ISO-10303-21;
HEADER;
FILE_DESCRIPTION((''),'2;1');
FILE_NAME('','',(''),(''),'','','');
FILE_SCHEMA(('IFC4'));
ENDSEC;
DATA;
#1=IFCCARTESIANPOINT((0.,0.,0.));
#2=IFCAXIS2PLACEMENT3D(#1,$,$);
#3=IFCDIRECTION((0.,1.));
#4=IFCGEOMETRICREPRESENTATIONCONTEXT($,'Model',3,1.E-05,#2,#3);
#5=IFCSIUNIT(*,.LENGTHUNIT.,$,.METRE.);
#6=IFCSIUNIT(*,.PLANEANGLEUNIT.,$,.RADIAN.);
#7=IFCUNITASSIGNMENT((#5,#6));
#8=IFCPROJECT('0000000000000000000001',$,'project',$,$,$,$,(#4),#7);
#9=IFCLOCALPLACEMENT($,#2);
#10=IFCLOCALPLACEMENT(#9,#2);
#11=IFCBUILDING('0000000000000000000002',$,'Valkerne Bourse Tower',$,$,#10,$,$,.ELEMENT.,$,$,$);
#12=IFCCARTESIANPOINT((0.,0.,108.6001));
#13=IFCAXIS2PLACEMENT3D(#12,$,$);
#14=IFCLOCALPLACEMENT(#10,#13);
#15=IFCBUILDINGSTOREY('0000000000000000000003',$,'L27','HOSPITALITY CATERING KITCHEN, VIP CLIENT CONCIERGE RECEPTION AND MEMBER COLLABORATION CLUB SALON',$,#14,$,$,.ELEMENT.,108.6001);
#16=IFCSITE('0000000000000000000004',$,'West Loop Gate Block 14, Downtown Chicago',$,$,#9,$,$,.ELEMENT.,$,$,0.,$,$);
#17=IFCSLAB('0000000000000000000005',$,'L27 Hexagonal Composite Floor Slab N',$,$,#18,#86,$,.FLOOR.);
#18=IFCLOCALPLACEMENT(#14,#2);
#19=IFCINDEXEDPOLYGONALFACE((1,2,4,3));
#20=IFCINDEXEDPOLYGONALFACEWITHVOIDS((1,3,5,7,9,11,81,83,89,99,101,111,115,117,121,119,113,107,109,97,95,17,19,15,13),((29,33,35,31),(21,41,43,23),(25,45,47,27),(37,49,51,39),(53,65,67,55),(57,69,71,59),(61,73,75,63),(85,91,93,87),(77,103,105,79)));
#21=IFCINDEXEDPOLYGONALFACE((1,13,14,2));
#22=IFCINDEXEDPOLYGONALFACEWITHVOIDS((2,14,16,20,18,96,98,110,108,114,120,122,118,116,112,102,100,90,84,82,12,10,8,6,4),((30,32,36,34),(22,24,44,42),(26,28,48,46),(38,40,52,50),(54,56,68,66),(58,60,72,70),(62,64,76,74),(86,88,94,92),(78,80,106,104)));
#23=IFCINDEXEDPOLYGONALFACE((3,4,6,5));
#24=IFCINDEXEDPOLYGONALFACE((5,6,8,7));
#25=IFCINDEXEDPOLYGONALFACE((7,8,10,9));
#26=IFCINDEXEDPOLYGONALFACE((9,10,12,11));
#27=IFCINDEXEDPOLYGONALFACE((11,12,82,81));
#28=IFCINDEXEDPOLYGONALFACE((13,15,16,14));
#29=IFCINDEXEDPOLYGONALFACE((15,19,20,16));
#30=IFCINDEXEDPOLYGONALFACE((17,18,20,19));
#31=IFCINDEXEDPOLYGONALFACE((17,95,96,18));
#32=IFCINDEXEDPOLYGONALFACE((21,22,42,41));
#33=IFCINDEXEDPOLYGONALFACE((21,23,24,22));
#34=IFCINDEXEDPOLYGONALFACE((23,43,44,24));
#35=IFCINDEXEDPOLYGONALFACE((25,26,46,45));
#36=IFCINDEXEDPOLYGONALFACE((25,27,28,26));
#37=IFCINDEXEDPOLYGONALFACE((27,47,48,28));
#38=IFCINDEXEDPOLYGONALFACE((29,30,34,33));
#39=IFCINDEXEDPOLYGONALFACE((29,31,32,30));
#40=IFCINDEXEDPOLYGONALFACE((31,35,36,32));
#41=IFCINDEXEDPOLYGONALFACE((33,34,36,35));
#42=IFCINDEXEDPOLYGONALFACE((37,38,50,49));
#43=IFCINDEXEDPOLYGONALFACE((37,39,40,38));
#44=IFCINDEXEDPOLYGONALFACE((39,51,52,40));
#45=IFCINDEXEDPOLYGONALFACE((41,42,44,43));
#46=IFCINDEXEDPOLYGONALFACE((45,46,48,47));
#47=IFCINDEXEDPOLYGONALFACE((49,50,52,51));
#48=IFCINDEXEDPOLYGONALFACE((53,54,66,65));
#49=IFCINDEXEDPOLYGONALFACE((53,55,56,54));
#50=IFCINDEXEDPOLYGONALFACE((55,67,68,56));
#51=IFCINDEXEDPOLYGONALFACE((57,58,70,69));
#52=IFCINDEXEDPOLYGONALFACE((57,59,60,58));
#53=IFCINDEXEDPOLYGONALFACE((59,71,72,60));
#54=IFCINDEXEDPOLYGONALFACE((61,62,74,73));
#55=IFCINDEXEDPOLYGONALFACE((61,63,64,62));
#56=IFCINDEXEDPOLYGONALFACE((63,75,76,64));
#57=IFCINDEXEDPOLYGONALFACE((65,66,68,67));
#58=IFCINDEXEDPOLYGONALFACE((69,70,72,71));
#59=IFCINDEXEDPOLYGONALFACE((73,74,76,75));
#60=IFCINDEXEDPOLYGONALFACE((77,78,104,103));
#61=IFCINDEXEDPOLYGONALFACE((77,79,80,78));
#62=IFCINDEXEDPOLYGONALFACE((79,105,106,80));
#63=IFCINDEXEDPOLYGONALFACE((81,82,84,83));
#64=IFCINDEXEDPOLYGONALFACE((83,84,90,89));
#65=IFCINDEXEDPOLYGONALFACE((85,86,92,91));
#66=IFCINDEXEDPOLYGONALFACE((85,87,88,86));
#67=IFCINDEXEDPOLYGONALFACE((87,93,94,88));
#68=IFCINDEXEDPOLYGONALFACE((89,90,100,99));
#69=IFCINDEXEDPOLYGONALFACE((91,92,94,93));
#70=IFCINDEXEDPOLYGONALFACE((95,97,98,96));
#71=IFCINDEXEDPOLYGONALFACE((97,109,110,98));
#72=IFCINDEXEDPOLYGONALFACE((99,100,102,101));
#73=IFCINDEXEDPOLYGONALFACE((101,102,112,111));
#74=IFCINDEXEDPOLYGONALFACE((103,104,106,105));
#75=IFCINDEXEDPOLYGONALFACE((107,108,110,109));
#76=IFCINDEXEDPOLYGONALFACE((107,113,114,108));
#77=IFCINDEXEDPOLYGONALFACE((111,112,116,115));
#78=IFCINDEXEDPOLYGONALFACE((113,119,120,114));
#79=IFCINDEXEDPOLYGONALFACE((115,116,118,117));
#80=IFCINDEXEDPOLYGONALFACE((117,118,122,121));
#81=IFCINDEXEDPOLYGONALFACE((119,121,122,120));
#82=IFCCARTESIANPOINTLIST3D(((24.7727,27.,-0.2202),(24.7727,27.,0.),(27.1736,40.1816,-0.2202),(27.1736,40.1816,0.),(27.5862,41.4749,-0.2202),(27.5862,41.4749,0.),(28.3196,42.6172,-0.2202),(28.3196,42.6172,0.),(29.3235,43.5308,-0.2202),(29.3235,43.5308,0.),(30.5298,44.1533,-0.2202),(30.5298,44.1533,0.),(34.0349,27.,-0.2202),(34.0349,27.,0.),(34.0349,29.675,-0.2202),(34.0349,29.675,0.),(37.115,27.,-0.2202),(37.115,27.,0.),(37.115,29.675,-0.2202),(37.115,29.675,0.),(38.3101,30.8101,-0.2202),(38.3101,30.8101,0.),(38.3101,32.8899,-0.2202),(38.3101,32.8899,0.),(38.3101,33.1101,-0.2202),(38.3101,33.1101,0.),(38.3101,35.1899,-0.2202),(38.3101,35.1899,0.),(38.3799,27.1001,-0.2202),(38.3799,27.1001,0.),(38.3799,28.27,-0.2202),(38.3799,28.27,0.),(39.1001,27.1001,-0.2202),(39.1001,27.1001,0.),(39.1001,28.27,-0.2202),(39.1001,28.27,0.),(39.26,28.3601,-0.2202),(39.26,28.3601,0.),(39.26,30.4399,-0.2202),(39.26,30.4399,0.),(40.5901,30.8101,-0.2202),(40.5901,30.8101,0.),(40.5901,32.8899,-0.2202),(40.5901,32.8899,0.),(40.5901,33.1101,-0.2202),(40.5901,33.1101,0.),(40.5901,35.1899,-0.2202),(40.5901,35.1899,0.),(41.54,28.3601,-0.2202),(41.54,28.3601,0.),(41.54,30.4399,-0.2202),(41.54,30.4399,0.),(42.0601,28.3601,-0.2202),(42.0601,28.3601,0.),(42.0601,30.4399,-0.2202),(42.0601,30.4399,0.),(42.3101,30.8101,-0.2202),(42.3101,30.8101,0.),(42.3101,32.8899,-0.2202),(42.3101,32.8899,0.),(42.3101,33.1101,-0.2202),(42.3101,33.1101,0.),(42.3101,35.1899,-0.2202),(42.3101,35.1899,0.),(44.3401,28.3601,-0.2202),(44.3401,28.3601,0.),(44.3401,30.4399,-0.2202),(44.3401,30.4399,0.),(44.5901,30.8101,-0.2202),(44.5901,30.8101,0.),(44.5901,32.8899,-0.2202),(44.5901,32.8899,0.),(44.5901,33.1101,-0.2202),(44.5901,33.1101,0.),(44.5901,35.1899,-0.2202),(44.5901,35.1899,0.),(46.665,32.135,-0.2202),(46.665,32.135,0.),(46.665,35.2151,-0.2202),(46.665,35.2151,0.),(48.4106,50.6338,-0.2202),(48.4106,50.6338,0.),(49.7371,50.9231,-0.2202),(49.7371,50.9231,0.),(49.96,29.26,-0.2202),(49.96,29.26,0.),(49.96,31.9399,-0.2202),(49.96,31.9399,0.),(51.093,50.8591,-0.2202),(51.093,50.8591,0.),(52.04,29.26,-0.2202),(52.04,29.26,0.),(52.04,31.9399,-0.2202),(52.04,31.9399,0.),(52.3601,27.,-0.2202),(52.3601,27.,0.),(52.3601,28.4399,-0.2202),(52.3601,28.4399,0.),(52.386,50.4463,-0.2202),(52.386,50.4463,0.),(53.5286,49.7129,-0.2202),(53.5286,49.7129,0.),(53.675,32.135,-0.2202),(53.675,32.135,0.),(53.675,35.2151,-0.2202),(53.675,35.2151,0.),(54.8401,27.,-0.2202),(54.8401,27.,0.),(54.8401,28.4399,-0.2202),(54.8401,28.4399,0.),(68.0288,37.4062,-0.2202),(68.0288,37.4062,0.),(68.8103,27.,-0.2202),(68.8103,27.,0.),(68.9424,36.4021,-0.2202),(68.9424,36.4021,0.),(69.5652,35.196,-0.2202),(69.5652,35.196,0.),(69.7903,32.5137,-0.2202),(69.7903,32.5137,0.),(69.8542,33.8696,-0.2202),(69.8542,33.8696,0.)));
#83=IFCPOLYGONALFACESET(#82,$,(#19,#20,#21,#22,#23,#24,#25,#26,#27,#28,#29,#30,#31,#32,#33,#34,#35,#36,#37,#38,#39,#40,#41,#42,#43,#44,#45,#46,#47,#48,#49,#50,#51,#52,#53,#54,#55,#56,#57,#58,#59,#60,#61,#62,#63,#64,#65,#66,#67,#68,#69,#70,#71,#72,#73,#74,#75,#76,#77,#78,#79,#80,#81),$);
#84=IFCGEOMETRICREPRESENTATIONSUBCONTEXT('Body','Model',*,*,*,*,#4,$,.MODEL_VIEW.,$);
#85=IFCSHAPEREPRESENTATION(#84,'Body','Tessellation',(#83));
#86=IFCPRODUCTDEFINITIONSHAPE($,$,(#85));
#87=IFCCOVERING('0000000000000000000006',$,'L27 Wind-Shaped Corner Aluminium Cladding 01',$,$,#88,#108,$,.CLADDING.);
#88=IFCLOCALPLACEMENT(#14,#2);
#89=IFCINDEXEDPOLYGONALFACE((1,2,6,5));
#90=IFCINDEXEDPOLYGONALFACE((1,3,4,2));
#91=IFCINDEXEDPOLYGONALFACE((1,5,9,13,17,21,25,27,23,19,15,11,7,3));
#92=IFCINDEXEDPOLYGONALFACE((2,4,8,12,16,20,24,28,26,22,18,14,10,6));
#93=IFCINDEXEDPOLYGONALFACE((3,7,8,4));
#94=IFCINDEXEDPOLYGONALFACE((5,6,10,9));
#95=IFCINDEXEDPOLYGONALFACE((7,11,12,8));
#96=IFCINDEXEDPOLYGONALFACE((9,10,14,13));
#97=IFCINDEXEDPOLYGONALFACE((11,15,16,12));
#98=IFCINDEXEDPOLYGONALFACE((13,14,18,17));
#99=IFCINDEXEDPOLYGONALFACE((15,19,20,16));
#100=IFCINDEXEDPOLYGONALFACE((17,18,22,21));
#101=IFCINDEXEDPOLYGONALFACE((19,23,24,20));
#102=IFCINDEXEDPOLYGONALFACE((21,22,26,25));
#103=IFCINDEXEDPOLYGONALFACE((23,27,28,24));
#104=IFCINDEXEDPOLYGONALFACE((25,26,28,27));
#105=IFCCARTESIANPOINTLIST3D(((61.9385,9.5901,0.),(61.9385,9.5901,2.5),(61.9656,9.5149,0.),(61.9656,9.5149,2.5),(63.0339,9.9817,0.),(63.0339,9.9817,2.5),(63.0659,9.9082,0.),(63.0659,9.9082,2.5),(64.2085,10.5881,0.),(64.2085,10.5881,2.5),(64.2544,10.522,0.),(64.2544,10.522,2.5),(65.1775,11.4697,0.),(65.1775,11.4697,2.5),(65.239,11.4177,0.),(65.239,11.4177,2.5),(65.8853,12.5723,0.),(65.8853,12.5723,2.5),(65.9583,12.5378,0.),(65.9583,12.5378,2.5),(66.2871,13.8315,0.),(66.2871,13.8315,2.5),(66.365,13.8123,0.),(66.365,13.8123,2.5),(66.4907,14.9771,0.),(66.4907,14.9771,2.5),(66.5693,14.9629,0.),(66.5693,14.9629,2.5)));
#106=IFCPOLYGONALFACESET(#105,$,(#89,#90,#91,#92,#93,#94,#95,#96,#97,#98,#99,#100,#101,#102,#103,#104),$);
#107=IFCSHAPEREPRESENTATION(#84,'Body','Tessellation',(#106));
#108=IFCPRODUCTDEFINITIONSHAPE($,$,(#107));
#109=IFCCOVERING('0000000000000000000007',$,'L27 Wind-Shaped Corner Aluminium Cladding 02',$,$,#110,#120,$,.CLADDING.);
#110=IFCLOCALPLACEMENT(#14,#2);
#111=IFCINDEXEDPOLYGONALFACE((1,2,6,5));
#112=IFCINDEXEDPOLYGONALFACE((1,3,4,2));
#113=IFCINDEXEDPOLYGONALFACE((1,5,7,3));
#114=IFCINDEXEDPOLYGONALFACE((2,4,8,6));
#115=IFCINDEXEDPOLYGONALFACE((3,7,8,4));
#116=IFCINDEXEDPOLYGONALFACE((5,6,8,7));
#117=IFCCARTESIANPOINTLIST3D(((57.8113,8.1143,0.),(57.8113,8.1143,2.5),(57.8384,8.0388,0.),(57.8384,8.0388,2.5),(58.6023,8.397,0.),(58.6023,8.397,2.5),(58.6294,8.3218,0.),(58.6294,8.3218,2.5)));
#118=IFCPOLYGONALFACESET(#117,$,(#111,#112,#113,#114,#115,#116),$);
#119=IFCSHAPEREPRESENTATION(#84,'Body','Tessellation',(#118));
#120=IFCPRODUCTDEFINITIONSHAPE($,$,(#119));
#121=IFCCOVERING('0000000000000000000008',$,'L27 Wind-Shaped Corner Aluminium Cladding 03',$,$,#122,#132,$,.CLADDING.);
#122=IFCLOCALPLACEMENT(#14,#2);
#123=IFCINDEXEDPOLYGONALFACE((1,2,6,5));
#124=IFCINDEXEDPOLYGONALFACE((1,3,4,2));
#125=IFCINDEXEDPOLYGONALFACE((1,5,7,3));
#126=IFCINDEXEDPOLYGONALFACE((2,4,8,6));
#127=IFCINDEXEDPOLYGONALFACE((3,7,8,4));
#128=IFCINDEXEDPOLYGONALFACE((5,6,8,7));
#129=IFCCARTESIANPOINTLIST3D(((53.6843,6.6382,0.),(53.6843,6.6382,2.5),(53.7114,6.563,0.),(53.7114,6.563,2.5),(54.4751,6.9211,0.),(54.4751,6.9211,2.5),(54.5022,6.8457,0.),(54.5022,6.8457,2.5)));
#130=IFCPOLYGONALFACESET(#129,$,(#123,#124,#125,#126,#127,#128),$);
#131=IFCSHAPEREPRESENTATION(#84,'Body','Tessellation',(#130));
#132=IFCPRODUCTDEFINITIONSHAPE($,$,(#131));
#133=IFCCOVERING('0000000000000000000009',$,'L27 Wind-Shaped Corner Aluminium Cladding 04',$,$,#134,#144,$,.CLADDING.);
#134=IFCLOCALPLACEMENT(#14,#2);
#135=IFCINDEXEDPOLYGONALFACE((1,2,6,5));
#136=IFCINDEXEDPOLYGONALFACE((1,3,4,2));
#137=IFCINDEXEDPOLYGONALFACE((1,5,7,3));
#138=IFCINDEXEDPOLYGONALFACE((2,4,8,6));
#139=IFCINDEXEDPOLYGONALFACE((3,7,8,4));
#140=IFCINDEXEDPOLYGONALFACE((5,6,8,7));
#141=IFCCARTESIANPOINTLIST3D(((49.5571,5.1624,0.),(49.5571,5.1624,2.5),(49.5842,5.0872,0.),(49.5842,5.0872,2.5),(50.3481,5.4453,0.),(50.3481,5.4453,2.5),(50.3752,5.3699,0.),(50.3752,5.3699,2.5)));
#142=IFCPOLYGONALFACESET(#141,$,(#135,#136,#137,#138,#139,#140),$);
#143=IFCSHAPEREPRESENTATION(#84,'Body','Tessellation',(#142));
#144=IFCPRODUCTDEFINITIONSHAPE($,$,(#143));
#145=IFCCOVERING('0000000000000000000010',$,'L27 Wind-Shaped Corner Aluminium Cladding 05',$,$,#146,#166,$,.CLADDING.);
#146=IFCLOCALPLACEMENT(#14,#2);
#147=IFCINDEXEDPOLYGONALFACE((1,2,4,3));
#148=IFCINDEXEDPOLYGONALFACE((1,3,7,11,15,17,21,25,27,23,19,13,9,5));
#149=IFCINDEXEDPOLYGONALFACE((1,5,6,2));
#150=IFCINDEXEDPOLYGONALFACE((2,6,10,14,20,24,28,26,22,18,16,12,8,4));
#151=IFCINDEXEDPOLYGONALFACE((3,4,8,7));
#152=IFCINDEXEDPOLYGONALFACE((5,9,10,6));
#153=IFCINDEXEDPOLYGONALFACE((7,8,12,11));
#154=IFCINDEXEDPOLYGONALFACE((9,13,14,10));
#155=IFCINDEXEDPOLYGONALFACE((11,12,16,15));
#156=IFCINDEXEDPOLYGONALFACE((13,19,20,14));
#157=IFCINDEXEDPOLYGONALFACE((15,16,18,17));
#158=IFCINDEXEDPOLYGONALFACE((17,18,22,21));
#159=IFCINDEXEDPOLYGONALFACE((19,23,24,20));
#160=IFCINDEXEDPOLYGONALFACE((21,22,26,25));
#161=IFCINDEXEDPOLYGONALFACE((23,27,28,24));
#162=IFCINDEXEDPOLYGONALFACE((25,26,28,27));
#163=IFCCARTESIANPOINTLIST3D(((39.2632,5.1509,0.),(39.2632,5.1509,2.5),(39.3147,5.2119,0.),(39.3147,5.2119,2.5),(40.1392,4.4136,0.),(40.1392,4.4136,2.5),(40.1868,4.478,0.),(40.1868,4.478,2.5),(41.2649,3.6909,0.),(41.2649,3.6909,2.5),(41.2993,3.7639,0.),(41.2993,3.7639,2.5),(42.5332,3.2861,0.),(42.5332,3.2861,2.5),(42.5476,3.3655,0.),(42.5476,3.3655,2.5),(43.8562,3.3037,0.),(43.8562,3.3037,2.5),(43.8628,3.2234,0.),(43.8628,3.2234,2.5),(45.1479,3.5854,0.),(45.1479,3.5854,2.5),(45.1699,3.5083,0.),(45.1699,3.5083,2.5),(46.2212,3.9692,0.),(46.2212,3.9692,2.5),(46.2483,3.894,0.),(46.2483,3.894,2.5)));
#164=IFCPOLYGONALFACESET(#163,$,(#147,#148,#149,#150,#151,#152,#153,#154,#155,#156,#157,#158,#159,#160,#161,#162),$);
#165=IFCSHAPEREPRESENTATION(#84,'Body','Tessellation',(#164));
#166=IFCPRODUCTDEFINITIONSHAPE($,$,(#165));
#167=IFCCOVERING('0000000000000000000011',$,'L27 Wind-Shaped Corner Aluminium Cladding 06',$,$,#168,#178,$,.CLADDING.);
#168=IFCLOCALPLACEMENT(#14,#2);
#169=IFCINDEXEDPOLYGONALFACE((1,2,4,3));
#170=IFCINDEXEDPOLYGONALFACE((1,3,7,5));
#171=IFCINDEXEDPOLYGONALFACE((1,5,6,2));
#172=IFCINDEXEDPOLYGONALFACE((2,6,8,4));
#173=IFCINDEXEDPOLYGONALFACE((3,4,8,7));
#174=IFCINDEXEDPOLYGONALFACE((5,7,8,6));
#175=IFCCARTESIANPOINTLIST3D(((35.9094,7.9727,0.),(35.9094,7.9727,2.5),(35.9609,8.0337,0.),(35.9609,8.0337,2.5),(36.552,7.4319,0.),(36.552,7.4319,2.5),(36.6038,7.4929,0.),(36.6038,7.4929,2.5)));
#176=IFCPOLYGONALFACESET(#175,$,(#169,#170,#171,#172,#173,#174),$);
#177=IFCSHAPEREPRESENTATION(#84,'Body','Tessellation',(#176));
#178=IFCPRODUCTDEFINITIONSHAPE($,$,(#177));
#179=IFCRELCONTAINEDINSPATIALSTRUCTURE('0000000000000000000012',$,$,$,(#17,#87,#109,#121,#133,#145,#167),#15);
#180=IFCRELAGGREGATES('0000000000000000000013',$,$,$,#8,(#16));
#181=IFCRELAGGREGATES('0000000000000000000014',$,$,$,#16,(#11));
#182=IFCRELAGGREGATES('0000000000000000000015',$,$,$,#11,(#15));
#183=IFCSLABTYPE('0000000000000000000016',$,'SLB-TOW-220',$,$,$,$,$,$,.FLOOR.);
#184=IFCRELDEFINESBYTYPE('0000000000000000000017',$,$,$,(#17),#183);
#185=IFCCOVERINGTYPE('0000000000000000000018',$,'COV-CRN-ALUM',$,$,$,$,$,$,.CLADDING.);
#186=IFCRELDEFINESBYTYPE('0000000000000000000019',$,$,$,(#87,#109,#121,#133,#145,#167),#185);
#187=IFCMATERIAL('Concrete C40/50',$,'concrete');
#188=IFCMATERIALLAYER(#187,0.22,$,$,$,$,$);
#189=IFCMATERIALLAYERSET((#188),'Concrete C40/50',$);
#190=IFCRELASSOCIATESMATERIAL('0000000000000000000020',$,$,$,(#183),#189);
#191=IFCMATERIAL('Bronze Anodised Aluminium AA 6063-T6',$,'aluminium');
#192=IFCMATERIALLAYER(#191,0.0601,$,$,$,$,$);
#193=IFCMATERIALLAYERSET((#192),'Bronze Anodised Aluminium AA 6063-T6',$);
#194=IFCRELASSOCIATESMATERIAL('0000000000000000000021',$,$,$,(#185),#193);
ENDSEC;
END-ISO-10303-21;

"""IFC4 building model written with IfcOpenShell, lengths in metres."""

from ifc_helpers import new_model, si_unit, direction, frame, origin, place, context, subcontext, project, spatial, polyline, outline, extrude, material, layer, layer_set, type_object, element, save


model = new_model("IFC4")

# Units and contexts
model_context = context("Model", 3, precision=1e-05, world=origin(), true_north=direction((0.0, 1.0)))
body_context = subcontext(model_context, "Body", "Model", "MODEL_VIEW")
ifc_project = project(units=[si_unit("LENGTHUNIT", "METRE"), si_unit("PLANEANGLEUNIT", "RADIAN")], contexts=[model_context])

# Site, building, storey
site_placement = place(None, origin())
site = spatial("IfcSite", under=ifc_project, at=site_placement, Name="West Loop Gate Block 14, Downtown Chicago", CompositionType="ELEMENT", RefElevation=0.0)
building_placement = place(site_placement, origin())
building = spatial("IfcBuilding", under=site, at=building_placement, Name="Valkerne Bourse Tower", CompositionType="ELEMENT")
storey_placement = place(building_placement, frame((0.0, 0.0, 108.6001)))
storey = spatial("IfcBuildingStorey", under=building, at=storey_placement, Name="L27", Description="HOSPITALITY CATERING KITCHEN, VIP CLIENT CONCIERGE RECEPTION AND MEMBER COLLABORATION CLUB SALON", CompositionType="ELEMENT", Elevation=108.6001)

# Slab
ifc_material_1 = material(Name="Concrete C40/50", Category="concrete")
ifc_layer_1 = layer(ifc_material_1, 0.22)
ifc_layer_set_1 = layer_set([ifc_layer_1], Name="Concrete C40/50")
slab_type_1 = type_object("IfcSlabType", Name="SLB-TOW-220", PredefinedType="FLOOR", material=ifc_layer_set_1)
slab_1_placement = place(storey_placement, frame((0.0, 0.0, -0.2202)))
element("IfcSlab", 1, at=slab_1_placement, inside=storey, type_object=slab_type_1, Name="L27 Hexagonal Composite Floor Slab N", PredefinedType="FLOOR", context=body_context, shape_type="SweptSolid", body=[
    extrude(outline(polyline([(27.1736, 40.1816), (27.5862, 41.4749), (28.3196, 42.6172), (29.3235, 43.5308), (30.5298, 44.1533), (48.4106, 50.6338), (49.7371, 50.9231), (51.093, 50.8591), (52.386, 50.4463), (53.5286, 49.7129), (68.0288, 37.4062), (68.9424, 36.4021), (69.5652, 35.196), (69.8542, 33.8696), (69.7903, 32.5137), (68.8103, 27.0), (54.8401, 27.0), (54.8401, 28.4399), (52.3601, 28.4399), (52.3601, 27.0), (37.115, 27.0), (37.115, 29.675), (34.0349, 29.675), (34.0349, 27.0), (24.7727, 27.0), (27.1736, 40.1816)]), holes=[polyline([(39.1001, 28.27), (38.3799, 28.27), (38.3799, 27.1001), (39.1001, 27.1001), (39.1001, 28.27)]), polyline([(41.54, 30.4399), (39.26, 30.4399), (39.26, 28.3601), (41.54, 28.3601), (41.54, 30.4399)]), polyline([(44.3401, 30.4399), (42.0601, 30.4399), (42.0601, 28.3601), (44.3401, 28.3601), (44.3401, 30.4399)]), polyline([(40.5901, 30.8101), (40.5901, 32.8899), (38.3101, 32.8899), (38.3101, 30.8101), (40.5901, 30.8101)]), polyline([(40.5901, 33.1101), (40.5901, 35.1899), (38.3101, 35.1899), (38.3101, 33.1101), (40.5901, 33.1101)]), polyline([(52.04, 31.9399), (49.96, 31.9399), (49.96, 29.26), (52.04, 29.26), (52.04, 31.9399)]), polyline([(44.5901, 32.8899), (42.3101, 32.8899), (42.3101, 30.8101), (44.5901, 30.8101), (44.5901, 32.8899)]), polyline([(53.675, 32.135), (53.675, 35.2151), (46.665, 35.2151), (46.665, 32.135), (53.675, 32.135)]), polyline([(44.5901, 33.1101), (44.5901, 35.1899), (42.3101, 35.1899), (42.3101, 33.1101), (44.5901, 33.1101)])]), origin(), (0.0, 0.0, 1.0), 0.2202),
])

# Coverings
ifc_material_2 = material(Name="Bronze Anodised Aluminium AA 6063-T6", Category="aluminium")
ifc_layer_2 = layer(ifc_material_2, 0.0601)
ifc_layer_set_2 = layer_set([ifc_layer_2], Name="Bronze Anodised Aluminium AA 6063-T6")
covering_type = type_object("IfcCoveringType", Name="COV-CRN-ALUM", PredefinedType="CLADDING", material=ifc_layer_set_2)
covering_1_placement = place(storey_placement, origin())
element("IfcCovering", 2, at=covering_1_placement, inside=storey, type_object=covering_type, Name="L27 Wind-Shaped Corner Aluminium Cladding 01", PredefinedType="CLADDING", context=body_context, shape_type="SweptSolid", body=[
    extrude(outline(polyline([(65.9583, 12.5378), (65.239, 11.4177), (64.2544, 10.522), (63.0659, 9.9082), (61.9656, 9.5149), (61.9385, 9.5901), (63.0339, 9.9817), (64.2085, 10.5881), (65.1775, 11.4697), (65.8853, 12.5723), (66.2871, 13.8315), (66.4907, 14.9771), (66.5693, 14.9629), (66.365, 13.8123), (65.9583, 12.5378)])), origin(), (0.0, 0.0, 1.0), 2.5),
])
covering_2_placement = place(storey_placement, origin())
element("IfcCovering", 3, at=covering_2_placement, inside=storey, type_object=covering_type, Name="L27 Wind-Shaped Corner Aluminium Cladding 02", PredefinedType="CLADDING", context=body_context, shape_type="SweptSolid", body=[
    extrude(outline(polyline([(57.8384, 8.0388), (57.8113, 8.1143), (58.6023, 8.397), (58.6294, 8.3218), (57.8384, 8.0388)])), origin(), (0.0, 0.0, 1.0), 2.5),
])
covering_3_placement = place(storey_placement, origin())
element("IfcCovering", 4, at=covering_3_placement, inside=storey, type_object=covering_type, Name="L27 Wind-Shaped Corner Aluminium Cladding 03", PredefinedType="CLADDING", context=body_context, shape_type="SweptSolid", body=[
    extrude(outline(polyline([(53.7114, 6.563), (53.6843, 6.6382), (54.4751, 6.9211), (54.5022, 6.8457), (53.7114, 6.563)])), origin(), (0.0, 0.0, 1.0), 2.5),
])
covering_4_placement = place(storey_placement, origin())
element("IfcCovering", 5, at=covering_4_placement, inside=storey, type_object=covering_type, Name="L27 Wind-Shaped Corner Aluminium Cladding 04", PredefinedType="CLADDING", context=body_context, shape_type="SweptSolid", body=[
    extrude(outline(polyline([(49.5842, 5.0872), (49.5571, 5.1624), (50.3481, 5.4453), (50.3752, 5.3699), (49.5842, 5.0872)])), origin(), (0.0, 0.0, 1.0), 2.5),
])
covering_5_placement = place(storey_placement, origin())
element("IfcCovering", 6, at=covering_5_placement, inside=storey, type_object=covering_type, Name="L27 Wind-Shaped Corner Aluminium Cladding 05", PredefinedType="CLADDING", context=body_context, shape_type="SweptSolid", body=[
    extrude(outline(polyline([(45.1699, 3.5083), (43.8628, 3.2234), (42.5332, 3.2861), (41.2649, 3.6909), (40.1392, 4.4136), (39.2632, 5.1509), (39.3147, 5.2119), (40.1868, 4.478), (41.2993, 3.7639), (42.5476, 3.3655), (43.8562, 3.3037), (45.1479, 3.5854), (46.2212, 3.9692), (46.2483, 3.894), (45.1699, 3.5083)])), origin(), (0.0, 0.0, 1.0), 2.5),
])
covering_6_placement = place(storey_placement, origin())
element("IfcCovering", 7, at=covering_6_placement, inside=storey, type_object=covering_type, Name="L27 Wind-Shaped Corner Aluminium Cladding 06", PredefinedType="CLADDING", context=body_context, shape_type="SweptSolid", body=[
    extrude(outline(polyline([(35.9094, 7.9727), (35.9609, 8.0337), (36.6038, 7.4929), (36.552, 7.4319), (35.9094, 7.9727)])), origin(), (0.0, 0.0, 1.0), 2.5),
])

save(model, "model.ifc")
